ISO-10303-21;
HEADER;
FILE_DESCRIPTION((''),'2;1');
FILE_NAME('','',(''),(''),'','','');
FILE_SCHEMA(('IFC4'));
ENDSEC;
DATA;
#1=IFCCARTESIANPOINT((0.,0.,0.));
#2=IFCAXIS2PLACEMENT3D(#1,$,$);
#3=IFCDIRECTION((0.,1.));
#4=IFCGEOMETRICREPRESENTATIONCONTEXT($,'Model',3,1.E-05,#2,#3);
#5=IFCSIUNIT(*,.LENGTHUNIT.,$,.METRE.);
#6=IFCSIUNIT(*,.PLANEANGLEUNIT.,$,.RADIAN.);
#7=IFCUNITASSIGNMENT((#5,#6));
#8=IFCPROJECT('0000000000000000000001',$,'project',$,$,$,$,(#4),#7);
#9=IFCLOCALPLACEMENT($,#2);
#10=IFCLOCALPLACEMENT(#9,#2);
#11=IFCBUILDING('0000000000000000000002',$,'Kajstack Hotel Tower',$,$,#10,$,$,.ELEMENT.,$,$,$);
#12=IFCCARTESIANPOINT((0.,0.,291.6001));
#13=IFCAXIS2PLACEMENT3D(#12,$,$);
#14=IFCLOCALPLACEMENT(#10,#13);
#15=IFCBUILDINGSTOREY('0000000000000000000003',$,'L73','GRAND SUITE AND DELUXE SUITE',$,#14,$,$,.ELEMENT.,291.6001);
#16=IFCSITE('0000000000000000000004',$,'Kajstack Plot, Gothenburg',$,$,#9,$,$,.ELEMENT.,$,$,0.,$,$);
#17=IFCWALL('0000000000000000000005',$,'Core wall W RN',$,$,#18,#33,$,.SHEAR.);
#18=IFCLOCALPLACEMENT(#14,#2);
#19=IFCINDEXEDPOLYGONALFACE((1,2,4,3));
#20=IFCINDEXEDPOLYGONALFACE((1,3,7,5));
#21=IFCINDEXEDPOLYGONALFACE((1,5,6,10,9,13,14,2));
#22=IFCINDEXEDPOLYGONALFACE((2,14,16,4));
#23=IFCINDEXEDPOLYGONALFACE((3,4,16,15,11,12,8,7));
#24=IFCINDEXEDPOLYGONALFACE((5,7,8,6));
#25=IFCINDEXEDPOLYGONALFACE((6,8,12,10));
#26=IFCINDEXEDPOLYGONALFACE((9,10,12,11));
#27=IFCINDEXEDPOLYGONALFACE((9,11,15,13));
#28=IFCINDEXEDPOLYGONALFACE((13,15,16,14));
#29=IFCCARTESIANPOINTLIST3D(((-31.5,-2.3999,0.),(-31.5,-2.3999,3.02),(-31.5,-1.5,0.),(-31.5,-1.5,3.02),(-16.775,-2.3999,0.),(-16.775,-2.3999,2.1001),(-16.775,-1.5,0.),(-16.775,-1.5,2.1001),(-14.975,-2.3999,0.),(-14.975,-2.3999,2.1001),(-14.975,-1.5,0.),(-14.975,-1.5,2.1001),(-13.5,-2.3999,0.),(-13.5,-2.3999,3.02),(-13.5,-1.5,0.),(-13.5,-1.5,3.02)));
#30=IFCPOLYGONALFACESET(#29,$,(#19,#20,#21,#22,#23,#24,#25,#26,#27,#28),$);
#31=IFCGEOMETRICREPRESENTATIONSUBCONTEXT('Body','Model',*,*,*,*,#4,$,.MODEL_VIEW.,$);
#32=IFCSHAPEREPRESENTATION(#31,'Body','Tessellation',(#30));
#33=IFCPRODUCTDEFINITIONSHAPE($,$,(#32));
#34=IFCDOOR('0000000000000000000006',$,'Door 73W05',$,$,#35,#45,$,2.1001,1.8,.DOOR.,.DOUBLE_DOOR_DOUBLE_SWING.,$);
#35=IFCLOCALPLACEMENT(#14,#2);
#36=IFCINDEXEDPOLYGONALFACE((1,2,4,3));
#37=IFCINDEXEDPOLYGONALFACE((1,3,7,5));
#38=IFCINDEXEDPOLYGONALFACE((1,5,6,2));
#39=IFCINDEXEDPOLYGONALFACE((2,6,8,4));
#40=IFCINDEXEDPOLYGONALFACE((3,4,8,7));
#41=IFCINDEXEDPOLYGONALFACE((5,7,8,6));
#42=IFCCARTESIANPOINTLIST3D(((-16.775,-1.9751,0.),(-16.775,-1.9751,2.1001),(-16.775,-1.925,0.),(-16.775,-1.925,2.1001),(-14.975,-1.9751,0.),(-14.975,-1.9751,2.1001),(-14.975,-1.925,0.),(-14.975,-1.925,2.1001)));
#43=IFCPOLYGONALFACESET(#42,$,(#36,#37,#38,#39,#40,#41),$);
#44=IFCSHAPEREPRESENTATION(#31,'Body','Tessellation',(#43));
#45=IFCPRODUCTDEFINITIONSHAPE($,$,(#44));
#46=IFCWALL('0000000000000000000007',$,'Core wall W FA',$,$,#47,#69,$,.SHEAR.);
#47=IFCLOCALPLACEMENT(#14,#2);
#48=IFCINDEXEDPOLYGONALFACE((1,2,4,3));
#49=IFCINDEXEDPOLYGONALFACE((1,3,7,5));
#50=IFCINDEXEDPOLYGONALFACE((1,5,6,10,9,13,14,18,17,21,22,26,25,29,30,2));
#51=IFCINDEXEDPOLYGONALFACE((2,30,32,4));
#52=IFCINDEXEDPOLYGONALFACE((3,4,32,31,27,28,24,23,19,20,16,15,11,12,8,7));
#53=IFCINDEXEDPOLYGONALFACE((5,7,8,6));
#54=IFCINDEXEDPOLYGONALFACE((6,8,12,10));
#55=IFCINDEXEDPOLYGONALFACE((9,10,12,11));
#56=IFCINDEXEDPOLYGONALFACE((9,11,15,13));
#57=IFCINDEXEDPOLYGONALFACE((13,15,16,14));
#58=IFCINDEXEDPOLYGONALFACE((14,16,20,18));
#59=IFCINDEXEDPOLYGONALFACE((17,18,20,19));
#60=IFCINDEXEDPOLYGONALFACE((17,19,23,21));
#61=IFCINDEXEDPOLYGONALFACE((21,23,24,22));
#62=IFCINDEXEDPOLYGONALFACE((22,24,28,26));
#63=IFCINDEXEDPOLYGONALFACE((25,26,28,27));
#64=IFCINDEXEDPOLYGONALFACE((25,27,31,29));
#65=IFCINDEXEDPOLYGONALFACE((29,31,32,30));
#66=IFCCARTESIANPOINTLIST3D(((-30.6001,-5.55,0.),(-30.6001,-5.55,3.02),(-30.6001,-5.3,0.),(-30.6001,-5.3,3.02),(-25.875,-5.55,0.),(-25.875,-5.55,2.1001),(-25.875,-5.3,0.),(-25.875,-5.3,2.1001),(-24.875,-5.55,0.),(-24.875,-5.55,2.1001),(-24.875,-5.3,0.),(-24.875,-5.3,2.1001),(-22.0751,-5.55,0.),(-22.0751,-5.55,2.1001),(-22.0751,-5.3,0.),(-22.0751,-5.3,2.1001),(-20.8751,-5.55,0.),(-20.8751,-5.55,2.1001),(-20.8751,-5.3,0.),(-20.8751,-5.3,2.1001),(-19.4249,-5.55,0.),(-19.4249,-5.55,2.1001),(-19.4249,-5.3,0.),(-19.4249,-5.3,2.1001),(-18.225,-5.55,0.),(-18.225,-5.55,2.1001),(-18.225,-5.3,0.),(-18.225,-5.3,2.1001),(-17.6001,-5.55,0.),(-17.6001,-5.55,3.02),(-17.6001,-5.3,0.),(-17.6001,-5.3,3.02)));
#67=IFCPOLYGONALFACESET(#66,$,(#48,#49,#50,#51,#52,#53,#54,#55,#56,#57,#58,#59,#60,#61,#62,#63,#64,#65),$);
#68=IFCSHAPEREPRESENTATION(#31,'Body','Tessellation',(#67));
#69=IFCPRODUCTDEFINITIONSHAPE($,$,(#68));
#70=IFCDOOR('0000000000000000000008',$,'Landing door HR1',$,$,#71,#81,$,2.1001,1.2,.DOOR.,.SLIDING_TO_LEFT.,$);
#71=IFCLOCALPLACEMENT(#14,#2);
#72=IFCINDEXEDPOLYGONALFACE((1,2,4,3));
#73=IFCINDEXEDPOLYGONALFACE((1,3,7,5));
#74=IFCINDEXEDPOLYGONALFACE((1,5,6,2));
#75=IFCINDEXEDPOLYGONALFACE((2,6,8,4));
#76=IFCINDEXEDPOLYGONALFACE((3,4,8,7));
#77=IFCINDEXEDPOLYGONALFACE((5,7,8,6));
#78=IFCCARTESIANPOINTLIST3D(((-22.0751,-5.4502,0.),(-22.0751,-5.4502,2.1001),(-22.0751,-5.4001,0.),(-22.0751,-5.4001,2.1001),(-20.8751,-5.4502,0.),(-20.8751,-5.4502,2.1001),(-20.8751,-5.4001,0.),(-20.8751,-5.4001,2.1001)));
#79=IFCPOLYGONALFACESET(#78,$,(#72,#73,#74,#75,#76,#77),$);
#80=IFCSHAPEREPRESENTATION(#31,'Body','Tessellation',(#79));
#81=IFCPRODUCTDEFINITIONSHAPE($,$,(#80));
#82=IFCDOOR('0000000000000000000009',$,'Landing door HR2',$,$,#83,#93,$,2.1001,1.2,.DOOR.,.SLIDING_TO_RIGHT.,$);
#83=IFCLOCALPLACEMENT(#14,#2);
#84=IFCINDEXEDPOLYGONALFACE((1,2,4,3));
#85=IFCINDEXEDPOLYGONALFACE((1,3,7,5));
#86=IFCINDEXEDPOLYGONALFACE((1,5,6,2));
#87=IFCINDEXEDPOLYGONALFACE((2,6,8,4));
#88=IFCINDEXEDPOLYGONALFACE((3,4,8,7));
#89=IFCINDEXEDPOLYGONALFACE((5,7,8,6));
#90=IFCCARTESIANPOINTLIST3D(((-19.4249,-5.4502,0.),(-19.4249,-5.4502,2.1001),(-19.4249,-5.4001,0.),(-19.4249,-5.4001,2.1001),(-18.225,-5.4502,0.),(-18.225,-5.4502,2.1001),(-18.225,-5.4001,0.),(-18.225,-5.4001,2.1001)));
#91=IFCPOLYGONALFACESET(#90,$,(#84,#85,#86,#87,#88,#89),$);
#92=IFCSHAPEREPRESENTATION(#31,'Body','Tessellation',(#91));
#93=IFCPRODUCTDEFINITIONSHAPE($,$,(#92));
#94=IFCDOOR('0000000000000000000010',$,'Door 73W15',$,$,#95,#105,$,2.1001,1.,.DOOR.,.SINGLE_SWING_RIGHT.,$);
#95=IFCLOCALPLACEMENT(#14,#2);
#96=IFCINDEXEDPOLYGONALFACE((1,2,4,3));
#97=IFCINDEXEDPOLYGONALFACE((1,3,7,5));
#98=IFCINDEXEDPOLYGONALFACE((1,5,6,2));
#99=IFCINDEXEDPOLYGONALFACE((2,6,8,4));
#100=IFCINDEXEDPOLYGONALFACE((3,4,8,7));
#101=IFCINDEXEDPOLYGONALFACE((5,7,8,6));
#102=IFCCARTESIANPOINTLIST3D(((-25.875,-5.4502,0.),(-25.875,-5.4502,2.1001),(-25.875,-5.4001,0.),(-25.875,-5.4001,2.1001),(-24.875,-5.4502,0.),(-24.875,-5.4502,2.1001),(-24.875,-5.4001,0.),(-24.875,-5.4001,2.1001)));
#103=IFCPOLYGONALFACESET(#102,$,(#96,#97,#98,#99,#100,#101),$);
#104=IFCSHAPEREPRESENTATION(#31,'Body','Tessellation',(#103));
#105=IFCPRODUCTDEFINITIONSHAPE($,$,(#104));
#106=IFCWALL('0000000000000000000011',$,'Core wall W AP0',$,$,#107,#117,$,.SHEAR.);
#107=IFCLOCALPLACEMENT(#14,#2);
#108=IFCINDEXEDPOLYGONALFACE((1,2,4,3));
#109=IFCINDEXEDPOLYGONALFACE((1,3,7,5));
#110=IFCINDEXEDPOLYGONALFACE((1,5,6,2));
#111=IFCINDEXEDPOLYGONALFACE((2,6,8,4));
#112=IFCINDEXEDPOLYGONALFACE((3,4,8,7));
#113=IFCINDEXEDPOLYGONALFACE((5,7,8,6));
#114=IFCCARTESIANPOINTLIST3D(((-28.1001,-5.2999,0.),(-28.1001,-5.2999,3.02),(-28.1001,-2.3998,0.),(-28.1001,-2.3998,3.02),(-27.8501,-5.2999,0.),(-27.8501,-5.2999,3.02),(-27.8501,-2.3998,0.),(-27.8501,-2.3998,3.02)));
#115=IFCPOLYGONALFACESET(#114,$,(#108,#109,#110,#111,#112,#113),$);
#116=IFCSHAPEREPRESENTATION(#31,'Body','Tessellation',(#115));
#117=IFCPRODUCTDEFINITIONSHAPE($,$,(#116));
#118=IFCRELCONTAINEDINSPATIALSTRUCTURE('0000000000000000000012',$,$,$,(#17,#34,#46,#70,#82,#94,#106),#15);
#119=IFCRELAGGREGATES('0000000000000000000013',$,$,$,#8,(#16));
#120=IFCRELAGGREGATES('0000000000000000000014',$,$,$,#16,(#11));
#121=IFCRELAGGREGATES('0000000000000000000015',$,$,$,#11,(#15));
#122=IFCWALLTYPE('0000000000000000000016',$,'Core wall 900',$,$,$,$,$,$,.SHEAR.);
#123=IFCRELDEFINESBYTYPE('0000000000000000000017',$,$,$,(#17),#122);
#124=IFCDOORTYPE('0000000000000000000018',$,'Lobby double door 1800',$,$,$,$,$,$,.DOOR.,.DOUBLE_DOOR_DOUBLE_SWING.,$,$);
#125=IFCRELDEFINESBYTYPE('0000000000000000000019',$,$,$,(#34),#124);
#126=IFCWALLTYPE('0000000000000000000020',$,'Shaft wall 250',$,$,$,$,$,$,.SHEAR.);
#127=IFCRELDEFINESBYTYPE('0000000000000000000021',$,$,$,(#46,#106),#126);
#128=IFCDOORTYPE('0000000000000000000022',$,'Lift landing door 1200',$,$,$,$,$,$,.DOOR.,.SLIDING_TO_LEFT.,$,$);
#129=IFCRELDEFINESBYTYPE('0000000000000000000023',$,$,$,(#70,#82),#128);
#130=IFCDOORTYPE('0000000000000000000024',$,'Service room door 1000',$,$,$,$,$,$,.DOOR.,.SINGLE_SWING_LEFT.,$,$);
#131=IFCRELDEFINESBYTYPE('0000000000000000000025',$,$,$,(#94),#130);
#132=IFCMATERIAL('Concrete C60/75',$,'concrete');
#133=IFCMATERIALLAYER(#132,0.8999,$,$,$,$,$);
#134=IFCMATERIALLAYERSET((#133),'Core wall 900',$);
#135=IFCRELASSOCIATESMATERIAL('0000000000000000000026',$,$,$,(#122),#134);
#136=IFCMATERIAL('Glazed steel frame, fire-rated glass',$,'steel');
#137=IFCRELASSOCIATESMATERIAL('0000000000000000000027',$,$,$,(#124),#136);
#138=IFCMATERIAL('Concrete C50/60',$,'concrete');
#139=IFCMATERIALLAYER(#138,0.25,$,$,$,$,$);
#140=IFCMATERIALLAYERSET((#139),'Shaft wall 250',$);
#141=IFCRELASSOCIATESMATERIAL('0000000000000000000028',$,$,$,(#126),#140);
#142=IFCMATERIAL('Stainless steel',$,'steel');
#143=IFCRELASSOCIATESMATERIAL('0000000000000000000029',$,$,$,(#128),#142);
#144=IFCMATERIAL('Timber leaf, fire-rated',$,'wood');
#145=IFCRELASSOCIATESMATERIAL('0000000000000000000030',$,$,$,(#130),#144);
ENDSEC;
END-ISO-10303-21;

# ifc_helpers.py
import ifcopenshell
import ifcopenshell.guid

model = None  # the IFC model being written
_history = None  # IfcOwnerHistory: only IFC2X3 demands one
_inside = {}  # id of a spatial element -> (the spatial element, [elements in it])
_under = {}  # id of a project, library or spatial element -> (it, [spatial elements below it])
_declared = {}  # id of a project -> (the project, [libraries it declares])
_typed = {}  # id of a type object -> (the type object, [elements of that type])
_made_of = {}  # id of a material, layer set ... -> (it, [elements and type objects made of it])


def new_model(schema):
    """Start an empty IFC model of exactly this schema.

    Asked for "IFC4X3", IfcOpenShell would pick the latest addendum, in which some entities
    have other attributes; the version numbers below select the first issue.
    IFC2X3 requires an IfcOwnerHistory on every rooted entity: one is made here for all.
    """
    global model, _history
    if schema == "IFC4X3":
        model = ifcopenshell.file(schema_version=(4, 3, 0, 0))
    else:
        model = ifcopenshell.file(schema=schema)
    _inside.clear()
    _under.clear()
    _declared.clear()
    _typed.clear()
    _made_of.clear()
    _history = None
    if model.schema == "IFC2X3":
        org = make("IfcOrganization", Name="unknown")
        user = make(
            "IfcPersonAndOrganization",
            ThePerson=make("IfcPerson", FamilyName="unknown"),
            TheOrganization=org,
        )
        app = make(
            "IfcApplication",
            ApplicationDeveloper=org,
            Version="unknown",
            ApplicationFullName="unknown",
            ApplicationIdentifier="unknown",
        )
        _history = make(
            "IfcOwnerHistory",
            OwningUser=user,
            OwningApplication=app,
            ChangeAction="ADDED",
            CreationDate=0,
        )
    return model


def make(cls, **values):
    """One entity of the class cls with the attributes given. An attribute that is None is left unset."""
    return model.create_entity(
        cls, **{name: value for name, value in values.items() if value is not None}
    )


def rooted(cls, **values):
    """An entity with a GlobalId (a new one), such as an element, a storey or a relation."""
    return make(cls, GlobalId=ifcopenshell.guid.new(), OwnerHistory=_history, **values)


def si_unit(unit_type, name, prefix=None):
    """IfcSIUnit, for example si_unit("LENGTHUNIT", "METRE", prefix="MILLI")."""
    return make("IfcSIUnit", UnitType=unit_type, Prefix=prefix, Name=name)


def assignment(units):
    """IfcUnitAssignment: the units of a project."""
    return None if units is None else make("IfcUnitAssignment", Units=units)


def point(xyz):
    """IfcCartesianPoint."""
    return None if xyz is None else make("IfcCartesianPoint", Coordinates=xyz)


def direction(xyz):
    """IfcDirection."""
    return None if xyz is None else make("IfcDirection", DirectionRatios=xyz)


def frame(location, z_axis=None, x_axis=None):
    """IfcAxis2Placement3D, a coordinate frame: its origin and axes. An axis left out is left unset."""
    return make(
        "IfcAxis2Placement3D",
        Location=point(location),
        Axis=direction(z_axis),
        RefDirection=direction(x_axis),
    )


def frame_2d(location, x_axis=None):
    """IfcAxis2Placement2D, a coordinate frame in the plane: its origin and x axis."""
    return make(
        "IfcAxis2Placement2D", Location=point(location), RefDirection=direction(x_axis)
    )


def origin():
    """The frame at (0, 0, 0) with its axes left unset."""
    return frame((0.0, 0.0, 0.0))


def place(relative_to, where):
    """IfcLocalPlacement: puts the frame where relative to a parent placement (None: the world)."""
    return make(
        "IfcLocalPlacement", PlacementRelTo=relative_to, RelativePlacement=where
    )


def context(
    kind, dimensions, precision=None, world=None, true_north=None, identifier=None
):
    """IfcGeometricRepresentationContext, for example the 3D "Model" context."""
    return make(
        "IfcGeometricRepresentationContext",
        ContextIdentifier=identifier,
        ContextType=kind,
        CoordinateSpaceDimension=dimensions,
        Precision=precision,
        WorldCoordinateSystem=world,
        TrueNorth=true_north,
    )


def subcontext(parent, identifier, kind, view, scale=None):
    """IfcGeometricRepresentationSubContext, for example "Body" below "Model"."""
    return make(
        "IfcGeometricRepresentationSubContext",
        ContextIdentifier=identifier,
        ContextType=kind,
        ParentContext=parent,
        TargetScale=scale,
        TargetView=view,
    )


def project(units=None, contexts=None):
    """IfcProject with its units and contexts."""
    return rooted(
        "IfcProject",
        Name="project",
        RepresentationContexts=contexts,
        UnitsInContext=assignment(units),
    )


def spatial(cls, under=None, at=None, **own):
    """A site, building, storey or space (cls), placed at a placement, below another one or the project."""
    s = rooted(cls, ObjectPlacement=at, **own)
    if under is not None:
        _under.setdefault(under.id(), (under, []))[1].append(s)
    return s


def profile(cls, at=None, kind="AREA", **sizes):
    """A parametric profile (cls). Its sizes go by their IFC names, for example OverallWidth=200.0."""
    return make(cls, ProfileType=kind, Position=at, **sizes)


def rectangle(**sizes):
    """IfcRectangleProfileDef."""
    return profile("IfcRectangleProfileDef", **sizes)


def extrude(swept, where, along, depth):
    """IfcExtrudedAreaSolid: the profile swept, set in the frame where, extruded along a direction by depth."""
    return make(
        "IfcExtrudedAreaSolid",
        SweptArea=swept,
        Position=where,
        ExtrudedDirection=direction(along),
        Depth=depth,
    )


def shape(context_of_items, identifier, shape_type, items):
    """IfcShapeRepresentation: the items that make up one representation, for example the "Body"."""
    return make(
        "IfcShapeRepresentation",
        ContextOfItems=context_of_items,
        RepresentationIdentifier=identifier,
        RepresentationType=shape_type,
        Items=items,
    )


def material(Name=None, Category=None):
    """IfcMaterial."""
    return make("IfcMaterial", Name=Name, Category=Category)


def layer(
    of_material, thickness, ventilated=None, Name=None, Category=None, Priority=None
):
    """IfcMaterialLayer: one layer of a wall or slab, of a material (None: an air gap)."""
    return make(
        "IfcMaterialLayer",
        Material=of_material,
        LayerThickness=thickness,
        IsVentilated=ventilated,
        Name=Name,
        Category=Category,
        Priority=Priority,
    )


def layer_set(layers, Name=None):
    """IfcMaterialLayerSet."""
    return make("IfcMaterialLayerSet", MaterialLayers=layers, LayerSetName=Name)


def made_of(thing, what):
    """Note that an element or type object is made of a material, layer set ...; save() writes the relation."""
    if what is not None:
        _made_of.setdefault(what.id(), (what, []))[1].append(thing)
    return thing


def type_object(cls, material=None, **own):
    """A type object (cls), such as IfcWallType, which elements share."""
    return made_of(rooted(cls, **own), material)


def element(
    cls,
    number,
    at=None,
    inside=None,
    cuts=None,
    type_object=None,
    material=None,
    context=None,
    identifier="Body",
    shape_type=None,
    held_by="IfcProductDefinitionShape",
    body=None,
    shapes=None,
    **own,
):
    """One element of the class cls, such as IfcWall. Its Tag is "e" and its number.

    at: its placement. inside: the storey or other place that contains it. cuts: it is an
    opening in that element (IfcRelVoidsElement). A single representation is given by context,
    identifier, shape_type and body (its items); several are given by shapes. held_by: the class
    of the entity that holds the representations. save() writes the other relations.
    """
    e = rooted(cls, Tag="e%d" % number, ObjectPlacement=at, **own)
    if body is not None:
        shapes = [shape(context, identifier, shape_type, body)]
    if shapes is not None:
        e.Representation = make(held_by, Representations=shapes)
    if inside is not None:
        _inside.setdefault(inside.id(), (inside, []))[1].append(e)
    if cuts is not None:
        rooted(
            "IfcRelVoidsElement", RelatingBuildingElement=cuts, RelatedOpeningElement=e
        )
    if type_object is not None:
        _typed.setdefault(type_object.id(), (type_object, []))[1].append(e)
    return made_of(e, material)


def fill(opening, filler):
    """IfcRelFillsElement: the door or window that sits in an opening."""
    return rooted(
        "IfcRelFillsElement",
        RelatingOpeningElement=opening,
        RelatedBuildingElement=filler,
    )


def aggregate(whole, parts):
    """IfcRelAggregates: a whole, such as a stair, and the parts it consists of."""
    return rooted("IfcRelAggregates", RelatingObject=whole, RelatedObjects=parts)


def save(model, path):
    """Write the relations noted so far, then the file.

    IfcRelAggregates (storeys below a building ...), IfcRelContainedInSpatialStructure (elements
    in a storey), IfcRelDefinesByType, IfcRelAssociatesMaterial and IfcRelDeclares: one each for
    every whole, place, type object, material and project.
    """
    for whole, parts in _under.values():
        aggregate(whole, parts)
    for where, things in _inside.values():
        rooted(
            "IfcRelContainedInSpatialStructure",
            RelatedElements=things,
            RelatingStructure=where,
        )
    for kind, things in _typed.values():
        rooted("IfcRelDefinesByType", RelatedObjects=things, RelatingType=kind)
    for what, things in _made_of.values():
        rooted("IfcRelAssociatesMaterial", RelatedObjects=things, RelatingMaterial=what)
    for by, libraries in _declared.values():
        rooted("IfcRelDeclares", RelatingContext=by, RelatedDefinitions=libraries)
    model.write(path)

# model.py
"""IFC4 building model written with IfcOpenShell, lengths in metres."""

from ifc_helpers import new_model, si_unit, direction, frame, frame_2d, origin, place, context, subcontext, project, spatial, rectangle, extrude, material, layer, layer_set, type_object, element, fill, save


model = new_model("IFC4")

# Units and contexts
model_context = context("Model", 3, precision=1e-05, world=origin(), true_north=direction((0.0, 1.0)))
body_context = subcontext(model_context, "Body", "Model", "MODEL_VIEW")
ifc_project = project(units=[si_unit("LENGTHUNIT", "METRE"), si_unit("PLANEANGLEUNIT", "RADIAN")], contexts=[model_context])

# Site, building, storey
site_placement = place(None, origin())
site = spatial("IfcSite", under=ifc_project, at=site_placement, Name="Kajstack Plot, Gothenburg", CompositionType="ELEMENT", RefElevation=0.0)
building_placement = place(site_placement, origin())
building = spatial("IfcBuilding", under=site, at=building_placement, Name="Kajstack Hotel Tower", CompositionType="ELEMENT")
storey_placement = place(building_placement, frame((0.0, 0.0, 291.6001)))
storey = spatial("IfcBuildingStorey", under=building, at=storey_placement, Name="L73", Description="GRAND SUITE AND DELUXE SUITE", CompositionType="ELEMENT", Elevation=291.6001)

# Wall, opening, door
ifc_material_1 = material(Name="Concrete C60/75", Category="concrete")
ifc_layer_1 = layer(ifc_material_1, 0.8999)
ifc_layer_set_1 = layer_set([ifc_layer_1], Name="Core wall 900")
wall_type_1 = type_object("IfcWallType", Name="Core wall 900", PredefinedType="SHEAR", material=ifc_layer_set_1)
wall_1_placement = place(storey_placement, frame((-31.5, -1.95, 0.0), z_axis=(0.0, 0.0, 1.0), x_axis=(1.0, 0.0, 0.0)))
wall_1 = element("IfcWall", 1, at=wall_1_placement, inside=storey, type_object=wall_type_1, Name="Core wall W RN", PredefinedType="SHEAR", context=body_context, shape_type="SweptSolid", body=[
    extrude(rectangle(XDim=18.0, YDim=0.8999, at=frame_2d((9.0, 0.0))), origin(), (0.0, 0.0, 1.0), 3.02),
])
opening_1_placement = place(wall_1_placement, frame((14.7251, 0.0, 0.0)))
opening_1 = element("IfcOpeningElement", 2, at=opening_1_placement, cuts=wall_1, PredefinedType="OPENING", context=body_context, shape_type="SweptSolid", body=[
    extrude(rectangle(XDim=1.8, YDim=2.1001, at=frame_2d((0.8999, 1.05))), frame((0.0, 0.46, 0.0), z_axis=(0.0, -1.0, 0.0), x_axis=(1.0, 0.0, 0.0)), (0.0, 0.0, 1.0), 0.9199),
])
ifc_material_2 = material(Name="Glazed steel frame, fire-rated glass", Category="steel")
door_type_1 = type_object("IfcDoorType", Name="Lobby double door 1800", OperationType="DOUBLE_DOOR_DOUBLE_SWING", PredefinedType="DOOR", material=ifc_material_2)
door_1_placement = place(opening_1_placement, origin())
door_1 = element("IfcDoor", 3, at=door_1_placement, inside=storey, type_object=door_type_1, Name="Door 73W05", OperationType="DOUBLE_DOOR_DOUBLE_SWING", OverallHeight=2.1001, OverallWidth=1.8, PredefinedType="DOOR", context=body_context, shape_type="SweptSolid", body=[
    extrude(rectangle(XDim=1.8, YDim=2.1001, at=frame_2d((0.8999, 1.05))), frame((0.0, 0.0249, 0.0), z_axis=(0.0, -1.0, 0.0), x_axis=(1.0, 0.0, 0.0)), (0.0, 0.0, 1.0), 0.05),
])
fill(opening_1, door_1)

# Wall, openings, doors
ifc_material_3 = material(Name="Concrete C50/60", Category="concrete")
ifc_layer_2 = layer(ifc_material_3, 0.25)
ifc_layer_set_2 = layer_set([ifc_layer_2], Name="Shaft wall 250")
wall_type_2 = type_object("IfcWallType", Name="Shaft wall 250", PredefinedType="SHEAR", material=ifc_layer_set_2)
wall_2_placement = place(storey_placement, frame((-30.6001, -5.425, 0.0), z_axis=(0.0, 0.0, 1.0), x_axis=(1.0, 0.0, 0.0)))
wall_2 = element("IfcWall", 4, at=wall_2_placement, inside=storey, type_object=wall_type_2, Name="Core wall W FA", PredefinedType="SHEAR", context=body_context, shape_type="SweptSolid", body=[
    extrude(rectangle(XDim=13.0, YDim=0.25, at=frame_2d((6.5, 0.0))), origin(), (0.0, 0.0, 1.0), 3.02),
])
opening_2_placement = place(wall_2_placement, frame((8.5249, 0.0, 0.0)))
opening_2 = element("IfcOpeningElement", 5, at=opening_2_placement, cuts=wall_2, PredefinedType="OPENING", context=body_context, shape_type="SweptSolid", body=[
    extrude(rectangle(XDim=1.2, YDim=2.1001, at=frame_2d((0.6001, 1.05))), frame((0.0, 0.135, 0.0), z_axis=(0.0, -1.0, 0.0), x_axis=(1.0, 0.0, 0.0)), (0.0, 0.0, 1.0), 0.27),
])
opening_3_placement = place(wall_2_placement, frame((11.175, 0.0, 0.0)))
opening_3 = element("IfcOpeningElement", 6, at=opening_3_placement, cuts=wall_2, PredefinedType="OPENING", context=body_context, shape_type="SweptSolid", body=[
    extrude(rectangle(XDim=1.2, YDim=2.1001, at=frame_2d((0.6001, 1.05))), frame((0.0, 0.135, 0.0), z_axis=(0.0, -1.0, 0.0), x_axis=(1.0, 0.0, 0.0)), (0.0, 0.0, 1.0), 0.27),
])
opening_4_placement = place(wall_2_placement, frame((4.7251, 0.0, 0.0)))
opening_4 = element("IfcOpeningElement", 7, at=opening_4_placement, cuts=wall_2, PredefinedType="OPENING", context=body_context, shape_type="SweptSolid", body=[
    extrude(rectangle(XDim=1.0, YDim=2.1001, at=frame_2d((0.5, 1.05))), frame((0.0, 0.135, 0.0), z_axis=(0.0, -1.0, 0.0), x_axis=(1.0, 0.0, 0.0)), (0.0, 0.0, 1.0), 0.27),
])
ifc_material_4 = material(Name="Stainless steel", Category="steel")
door_type_2 = type_object("IfcDoorType", Name="Lift landing door 1200", OperationType="SLIDING_TO_LEFT", PredefinedType="DOOR", material=ifc_material_4)
door_2_placement = place(opening_2_placement, origin())
door_2 = element("IfcDoor", 8, at=door_2_placement, inside=storey, type_object=door_type_2, Name="Landing door HR1", OperationType="SLIDING_TO_LEFT", OverallHeight=2.1001, OverallWidth=1.2, PredefinedType="DOOR", context=body_context, shape_type="SweptSolid", body=[
    extrude(rectangle(XDim=1.2, YDim=2.1001, at=frame_2d((0.6001, 1.05))), frame((0.0, 0.0249, 0.0), z_axis=(0.0, -1.0, 0.0), x_axis=(1.0, 0.0, 0.0)), (0.0, 0.0, 1.0), 0.05),
])
fill(opening_2, door_2)
door_3_placement = place(opening_3_placement, origin())
door_3 = element("IfcDoor", 9, at=door_3_placement, inside=storey, type_object=door_type_2, Name="Landing door HR2", OperationType="SLIDING_TO_RIGHT", OverallHeight=2.1001, OverallWidth=1.2, PredefinedType="DOOR", context=body_context, shape_type="SweptSolid", body=[
    extrude(rectangle(XDim=1.2, YDim=2.1001, at=frame_2d((0.6001, 1.05))), frame((0.0, 0.0249, 0.0), z_axis=(0.0, -1.0, 0.0), x_axis=(1.0, 0.0, 0.0)), (0.0, 0.0, 1.0), 0.05),
])
fill(opening_3, door_3)
ifc_material_5 = material(Name="Timber leaf, fire-rated", Category="wood")
door_type_3 = type_object("IfcDoorType", Name="Service room door 1000", OperationType="SINGLE_SWING_LEFT", PredefinedType="DOOR", material=ifc_material_5)
door_4_placement = place(opening_4_placement, origin())
door_4 = element("IfcDoor", 10, at=door_4_placement, inside=storey, type_object=door_type_3, Name="Door 73W15", OperationType="SINGLE_SWING_RIGHT", OverallHeight=2.1001, OverallWidth=1.0, PredefinedType="DOOR", context=body_context, shape_type="SweptSolid", body=[
    extrude(rectangle(XDim=1.0, YDim=2.1001, at=frame_2d((0.5, 1.05))), frame((0.0, 0.0249, 0.0), z_axis=(0.0, -1.0, 0.0), x_axis=(1.0, 0.0, 0.0)), (0.0, 0.0, 1.0), 0.05),
])
fill(opening_4, door_4)

# Wall
wall_3_placement = place(storey_placement, frame((-27.9751, -5.3, 0.0), z_axis=(0.0, 0.0, 1.0), x_axis=(0.0, 1.0, 0.0)))
element("IfcWall", 11, at=wall_3_placement, inside=storey, type_object=wall_type_2, Name="Core wall W AP0", PredefinedType="SHEAR", context=body_context, shape_type="SweptSolid", body=[
    extrude(rectangle(XDim=2.9001, YDim=0.25, at=frame_2d((1.4502, 0.0))), origin(), (0.0, 0.0, 1.0), 3.02),
])

save(model, "model.ifc")
